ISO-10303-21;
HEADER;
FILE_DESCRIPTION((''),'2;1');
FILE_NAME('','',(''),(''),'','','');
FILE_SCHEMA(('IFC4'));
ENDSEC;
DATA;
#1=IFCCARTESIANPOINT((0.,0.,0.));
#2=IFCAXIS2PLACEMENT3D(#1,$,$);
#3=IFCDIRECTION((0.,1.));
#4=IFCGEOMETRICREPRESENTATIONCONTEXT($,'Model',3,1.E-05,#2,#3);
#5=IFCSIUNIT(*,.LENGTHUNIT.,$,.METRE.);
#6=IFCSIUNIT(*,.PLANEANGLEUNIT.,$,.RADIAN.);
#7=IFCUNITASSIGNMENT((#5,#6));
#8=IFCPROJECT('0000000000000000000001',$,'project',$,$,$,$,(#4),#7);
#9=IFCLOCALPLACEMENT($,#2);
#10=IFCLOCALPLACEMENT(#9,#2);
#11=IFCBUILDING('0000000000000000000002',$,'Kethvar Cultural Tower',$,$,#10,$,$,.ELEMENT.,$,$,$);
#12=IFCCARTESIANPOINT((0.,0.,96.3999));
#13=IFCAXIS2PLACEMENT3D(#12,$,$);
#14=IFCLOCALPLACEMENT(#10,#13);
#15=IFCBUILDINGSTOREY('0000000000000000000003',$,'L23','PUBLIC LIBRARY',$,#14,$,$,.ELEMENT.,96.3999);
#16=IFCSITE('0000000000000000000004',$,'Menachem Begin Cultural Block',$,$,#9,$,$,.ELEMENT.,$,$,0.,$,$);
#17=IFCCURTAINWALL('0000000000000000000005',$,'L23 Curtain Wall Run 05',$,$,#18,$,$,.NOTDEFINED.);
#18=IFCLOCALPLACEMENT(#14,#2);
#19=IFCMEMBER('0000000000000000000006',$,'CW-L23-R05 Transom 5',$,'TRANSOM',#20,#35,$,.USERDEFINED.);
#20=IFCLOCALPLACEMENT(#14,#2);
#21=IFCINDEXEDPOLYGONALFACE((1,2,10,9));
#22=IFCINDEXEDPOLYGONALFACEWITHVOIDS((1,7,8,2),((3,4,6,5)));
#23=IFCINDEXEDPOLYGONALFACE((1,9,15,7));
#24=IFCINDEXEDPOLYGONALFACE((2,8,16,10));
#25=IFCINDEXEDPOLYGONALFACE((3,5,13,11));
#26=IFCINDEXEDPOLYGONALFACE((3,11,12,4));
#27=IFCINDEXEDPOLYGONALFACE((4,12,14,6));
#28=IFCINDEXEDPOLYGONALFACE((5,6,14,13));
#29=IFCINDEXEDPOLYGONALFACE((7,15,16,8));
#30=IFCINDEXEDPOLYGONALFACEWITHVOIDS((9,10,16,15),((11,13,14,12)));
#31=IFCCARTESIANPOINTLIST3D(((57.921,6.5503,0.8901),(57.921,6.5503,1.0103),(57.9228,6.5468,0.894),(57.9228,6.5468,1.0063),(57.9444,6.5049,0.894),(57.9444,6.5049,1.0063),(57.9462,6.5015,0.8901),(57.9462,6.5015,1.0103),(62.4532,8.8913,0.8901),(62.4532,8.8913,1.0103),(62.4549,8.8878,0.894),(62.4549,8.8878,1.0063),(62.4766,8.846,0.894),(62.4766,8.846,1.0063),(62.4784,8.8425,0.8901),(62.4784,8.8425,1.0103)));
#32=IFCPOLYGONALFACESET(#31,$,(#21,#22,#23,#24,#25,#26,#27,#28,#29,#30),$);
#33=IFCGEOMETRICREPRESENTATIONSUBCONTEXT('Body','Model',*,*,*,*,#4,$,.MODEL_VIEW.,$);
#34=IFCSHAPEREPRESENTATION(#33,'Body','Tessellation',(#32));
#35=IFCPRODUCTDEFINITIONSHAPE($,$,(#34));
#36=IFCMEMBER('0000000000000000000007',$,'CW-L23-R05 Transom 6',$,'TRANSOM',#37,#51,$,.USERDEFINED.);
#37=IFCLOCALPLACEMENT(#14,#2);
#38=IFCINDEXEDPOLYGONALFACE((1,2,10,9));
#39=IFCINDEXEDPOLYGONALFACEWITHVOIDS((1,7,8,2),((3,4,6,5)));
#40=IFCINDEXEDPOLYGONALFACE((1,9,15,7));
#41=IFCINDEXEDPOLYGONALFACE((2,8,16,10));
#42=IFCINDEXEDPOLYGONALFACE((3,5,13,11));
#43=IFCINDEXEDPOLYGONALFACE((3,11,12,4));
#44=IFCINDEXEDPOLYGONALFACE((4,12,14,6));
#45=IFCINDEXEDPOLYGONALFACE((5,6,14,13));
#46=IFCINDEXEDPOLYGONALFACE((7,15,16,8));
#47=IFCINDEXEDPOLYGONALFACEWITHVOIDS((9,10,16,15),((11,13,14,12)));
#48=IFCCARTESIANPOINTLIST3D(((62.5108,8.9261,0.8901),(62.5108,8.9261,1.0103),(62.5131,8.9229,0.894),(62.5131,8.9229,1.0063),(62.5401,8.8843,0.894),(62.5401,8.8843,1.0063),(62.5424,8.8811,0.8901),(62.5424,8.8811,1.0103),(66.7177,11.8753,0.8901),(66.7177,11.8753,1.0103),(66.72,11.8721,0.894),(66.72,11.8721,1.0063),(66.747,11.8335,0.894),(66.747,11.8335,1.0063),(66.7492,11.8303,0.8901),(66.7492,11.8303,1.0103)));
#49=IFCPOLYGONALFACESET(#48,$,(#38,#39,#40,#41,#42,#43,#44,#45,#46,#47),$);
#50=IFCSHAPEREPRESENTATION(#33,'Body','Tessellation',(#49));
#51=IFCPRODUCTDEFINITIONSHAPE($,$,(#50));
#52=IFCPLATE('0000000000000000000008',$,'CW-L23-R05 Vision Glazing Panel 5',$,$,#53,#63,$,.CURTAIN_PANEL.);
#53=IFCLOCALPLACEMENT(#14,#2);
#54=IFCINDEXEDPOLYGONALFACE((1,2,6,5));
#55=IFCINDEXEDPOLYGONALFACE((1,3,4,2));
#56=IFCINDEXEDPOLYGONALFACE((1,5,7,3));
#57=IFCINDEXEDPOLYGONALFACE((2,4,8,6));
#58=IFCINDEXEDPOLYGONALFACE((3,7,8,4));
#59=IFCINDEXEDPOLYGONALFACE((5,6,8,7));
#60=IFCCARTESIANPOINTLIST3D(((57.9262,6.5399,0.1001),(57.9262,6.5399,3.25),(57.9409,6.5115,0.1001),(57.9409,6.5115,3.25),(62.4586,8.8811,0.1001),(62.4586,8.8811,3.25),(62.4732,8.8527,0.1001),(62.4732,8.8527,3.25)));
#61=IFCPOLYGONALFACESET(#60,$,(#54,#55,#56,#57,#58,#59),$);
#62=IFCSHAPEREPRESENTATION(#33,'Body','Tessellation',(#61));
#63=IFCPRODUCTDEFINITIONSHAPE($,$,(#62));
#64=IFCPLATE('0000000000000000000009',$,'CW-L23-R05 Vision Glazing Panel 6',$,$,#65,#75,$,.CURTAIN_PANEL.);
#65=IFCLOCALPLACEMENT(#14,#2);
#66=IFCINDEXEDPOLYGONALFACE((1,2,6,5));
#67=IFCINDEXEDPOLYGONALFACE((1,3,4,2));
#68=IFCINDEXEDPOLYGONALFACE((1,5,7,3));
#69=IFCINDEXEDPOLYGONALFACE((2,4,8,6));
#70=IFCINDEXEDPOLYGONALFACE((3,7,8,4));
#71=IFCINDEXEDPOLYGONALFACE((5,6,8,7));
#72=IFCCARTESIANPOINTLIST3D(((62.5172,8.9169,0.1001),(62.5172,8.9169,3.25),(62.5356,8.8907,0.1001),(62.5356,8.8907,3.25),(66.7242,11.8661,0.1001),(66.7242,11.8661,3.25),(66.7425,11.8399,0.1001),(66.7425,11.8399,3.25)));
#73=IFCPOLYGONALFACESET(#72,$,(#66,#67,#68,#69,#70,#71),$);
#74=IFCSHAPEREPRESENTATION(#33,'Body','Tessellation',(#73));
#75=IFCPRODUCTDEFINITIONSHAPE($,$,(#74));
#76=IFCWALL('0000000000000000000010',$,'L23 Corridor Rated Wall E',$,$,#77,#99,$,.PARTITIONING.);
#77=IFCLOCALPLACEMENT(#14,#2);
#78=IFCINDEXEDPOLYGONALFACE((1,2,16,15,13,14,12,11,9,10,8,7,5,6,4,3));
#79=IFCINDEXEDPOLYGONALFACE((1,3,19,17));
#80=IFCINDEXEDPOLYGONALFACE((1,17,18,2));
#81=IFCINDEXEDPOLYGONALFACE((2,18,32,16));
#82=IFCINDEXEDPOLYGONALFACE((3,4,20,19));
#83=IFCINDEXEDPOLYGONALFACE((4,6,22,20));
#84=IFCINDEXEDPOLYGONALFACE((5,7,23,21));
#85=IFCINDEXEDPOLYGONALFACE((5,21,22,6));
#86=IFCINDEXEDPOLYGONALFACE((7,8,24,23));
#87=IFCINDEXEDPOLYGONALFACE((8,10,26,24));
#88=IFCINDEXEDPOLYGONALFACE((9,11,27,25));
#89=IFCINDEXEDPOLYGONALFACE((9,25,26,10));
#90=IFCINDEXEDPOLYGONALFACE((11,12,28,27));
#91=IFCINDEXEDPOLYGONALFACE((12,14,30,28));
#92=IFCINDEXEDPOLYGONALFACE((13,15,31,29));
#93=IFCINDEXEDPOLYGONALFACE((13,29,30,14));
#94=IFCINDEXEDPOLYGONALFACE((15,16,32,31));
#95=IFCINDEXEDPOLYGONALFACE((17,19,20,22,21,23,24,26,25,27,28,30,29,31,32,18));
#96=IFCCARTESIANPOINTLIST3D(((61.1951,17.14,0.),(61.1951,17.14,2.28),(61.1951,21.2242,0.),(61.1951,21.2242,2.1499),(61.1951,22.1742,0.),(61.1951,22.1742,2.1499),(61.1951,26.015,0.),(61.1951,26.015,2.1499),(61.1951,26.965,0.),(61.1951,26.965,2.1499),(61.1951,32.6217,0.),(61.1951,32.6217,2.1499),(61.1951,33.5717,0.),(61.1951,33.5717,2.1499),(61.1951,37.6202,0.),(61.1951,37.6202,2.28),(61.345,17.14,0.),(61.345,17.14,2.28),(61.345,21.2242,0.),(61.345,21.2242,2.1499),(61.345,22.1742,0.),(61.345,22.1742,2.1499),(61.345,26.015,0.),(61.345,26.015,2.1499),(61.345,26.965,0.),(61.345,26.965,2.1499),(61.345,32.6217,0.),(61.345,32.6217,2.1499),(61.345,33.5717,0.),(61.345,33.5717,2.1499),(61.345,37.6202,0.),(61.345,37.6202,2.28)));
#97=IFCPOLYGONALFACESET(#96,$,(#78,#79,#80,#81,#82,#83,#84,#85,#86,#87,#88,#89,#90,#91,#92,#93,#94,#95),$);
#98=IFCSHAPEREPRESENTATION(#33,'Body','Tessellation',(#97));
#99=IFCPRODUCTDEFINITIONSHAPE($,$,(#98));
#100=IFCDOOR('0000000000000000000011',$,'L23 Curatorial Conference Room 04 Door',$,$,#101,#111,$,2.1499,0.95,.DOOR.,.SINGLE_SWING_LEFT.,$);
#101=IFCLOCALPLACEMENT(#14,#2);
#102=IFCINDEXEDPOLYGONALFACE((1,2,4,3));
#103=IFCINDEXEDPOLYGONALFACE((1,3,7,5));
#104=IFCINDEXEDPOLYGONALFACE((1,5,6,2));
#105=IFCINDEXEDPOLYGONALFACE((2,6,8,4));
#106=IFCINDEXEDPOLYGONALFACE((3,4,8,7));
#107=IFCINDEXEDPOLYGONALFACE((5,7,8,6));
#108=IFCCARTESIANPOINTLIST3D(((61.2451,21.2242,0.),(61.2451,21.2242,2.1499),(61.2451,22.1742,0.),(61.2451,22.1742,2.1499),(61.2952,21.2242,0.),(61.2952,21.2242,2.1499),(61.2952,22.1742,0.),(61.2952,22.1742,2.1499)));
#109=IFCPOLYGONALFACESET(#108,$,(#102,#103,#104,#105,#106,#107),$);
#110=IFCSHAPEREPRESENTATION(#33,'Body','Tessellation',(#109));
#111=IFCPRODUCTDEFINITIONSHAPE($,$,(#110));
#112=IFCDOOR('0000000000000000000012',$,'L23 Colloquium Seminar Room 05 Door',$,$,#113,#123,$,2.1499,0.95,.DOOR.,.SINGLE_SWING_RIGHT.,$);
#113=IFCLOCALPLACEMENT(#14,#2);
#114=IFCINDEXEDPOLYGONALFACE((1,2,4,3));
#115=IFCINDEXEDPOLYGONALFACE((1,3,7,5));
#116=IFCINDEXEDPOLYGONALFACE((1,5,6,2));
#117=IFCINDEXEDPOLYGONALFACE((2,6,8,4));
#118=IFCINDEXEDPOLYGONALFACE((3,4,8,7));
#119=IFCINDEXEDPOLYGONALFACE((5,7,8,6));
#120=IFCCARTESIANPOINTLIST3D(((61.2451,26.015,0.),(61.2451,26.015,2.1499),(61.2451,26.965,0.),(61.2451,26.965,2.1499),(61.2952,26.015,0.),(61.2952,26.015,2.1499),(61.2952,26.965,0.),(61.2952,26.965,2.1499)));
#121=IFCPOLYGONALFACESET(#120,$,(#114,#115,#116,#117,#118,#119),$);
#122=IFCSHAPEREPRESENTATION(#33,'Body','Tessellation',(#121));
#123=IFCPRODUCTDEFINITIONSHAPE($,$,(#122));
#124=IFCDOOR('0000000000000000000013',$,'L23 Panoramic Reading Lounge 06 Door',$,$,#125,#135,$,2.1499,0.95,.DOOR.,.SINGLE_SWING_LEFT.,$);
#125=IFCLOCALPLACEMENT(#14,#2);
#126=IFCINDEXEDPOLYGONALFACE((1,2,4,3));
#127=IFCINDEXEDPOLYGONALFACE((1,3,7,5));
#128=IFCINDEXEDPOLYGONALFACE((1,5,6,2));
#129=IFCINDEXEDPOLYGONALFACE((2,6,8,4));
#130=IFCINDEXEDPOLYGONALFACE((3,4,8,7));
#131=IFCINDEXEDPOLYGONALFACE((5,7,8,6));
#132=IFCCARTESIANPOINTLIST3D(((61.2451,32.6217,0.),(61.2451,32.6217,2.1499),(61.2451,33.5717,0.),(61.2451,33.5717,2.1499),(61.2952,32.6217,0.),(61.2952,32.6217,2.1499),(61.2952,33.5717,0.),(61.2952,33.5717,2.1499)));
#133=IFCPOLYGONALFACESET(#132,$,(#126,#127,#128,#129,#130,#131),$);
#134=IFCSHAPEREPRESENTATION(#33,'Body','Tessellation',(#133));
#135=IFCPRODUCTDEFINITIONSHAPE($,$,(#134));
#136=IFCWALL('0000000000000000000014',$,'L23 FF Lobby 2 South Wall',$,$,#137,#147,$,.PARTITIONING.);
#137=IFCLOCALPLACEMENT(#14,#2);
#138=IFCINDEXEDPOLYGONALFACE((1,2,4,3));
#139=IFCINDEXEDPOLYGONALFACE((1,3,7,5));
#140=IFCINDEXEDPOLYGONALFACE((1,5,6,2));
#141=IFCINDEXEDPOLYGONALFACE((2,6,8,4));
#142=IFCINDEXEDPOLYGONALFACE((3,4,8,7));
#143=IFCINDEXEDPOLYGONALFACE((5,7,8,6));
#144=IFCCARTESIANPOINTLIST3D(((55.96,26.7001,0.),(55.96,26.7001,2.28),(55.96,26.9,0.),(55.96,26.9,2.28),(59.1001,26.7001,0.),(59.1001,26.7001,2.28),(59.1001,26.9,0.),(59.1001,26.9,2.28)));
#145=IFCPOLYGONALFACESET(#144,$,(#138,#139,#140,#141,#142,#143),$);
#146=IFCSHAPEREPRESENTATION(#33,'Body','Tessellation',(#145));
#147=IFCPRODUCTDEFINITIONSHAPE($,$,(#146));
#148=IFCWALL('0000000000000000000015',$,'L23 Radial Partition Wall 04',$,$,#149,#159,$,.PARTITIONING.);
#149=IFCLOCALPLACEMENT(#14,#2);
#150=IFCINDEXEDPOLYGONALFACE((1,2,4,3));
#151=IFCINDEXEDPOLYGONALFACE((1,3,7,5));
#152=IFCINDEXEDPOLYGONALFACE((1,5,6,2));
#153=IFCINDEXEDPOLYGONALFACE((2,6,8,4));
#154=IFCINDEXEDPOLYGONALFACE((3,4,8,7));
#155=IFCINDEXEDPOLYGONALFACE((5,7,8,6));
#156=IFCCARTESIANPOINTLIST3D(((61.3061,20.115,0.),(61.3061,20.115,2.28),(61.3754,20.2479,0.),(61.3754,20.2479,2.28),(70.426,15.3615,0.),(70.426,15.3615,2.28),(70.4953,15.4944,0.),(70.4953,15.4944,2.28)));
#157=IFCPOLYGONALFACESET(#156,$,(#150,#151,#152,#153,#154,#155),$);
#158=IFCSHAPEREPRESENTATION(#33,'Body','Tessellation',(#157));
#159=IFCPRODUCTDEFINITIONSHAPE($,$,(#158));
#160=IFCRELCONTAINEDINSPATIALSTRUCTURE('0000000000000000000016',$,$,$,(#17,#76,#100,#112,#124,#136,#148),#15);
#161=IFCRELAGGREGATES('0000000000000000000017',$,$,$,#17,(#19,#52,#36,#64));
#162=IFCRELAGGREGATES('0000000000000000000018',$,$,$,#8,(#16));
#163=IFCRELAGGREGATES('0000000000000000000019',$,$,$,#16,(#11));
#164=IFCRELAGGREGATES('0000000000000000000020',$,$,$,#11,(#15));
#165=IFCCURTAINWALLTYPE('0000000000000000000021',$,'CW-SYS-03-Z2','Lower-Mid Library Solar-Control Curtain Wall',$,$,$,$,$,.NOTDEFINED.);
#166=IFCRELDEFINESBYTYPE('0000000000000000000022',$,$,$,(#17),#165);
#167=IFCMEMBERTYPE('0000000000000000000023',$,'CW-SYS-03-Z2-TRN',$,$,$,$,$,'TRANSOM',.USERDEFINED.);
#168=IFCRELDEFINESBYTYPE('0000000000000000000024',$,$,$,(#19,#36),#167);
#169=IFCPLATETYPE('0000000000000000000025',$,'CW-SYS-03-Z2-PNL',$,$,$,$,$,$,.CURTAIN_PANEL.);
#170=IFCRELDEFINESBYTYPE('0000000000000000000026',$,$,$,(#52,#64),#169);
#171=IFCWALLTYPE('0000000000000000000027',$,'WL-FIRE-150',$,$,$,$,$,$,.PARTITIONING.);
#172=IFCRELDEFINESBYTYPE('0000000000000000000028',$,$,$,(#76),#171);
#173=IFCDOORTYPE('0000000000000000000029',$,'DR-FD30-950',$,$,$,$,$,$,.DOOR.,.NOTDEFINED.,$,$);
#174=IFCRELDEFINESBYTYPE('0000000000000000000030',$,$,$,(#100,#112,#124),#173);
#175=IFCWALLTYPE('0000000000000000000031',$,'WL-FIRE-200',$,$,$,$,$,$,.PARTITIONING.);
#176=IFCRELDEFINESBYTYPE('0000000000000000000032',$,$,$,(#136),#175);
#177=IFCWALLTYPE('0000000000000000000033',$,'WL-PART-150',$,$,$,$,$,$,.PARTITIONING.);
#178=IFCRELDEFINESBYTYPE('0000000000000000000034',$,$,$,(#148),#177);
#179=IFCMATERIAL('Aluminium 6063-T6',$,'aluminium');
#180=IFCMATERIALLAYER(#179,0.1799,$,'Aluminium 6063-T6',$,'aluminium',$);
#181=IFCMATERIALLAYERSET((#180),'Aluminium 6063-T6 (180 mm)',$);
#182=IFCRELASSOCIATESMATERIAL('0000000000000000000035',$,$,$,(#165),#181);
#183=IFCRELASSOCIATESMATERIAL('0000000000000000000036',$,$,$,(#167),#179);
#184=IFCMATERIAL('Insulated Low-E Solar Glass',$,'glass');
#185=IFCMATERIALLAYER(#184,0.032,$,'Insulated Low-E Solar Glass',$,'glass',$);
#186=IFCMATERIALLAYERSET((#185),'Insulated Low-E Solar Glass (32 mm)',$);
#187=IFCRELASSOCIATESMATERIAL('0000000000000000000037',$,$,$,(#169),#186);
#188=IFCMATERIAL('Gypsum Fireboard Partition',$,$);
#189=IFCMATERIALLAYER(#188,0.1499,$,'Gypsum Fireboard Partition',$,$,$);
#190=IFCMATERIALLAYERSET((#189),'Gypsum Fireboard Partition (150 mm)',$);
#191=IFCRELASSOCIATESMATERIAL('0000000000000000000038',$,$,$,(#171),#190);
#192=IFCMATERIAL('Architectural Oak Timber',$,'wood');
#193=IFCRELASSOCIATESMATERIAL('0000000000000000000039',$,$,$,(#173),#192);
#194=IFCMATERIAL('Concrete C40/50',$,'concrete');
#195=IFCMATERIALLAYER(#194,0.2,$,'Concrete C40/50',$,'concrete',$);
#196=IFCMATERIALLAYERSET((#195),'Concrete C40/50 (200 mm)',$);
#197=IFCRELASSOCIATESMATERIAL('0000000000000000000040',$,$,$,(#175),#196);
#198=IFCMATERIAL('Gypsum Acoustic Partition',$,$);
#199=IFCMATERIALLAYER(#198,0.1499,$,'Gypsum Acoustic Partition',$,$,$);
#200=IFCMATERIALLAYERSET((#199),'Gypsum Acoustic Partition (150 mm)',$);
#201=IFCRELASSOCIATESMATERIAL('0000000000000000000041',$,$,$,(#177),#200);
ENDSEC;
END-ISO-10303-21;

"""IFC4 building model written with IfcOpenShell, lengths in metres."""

from ifc_helpers import new_model, si_unit, direction, frame, frame_2d, origin, origin_2d, place, context, subcontext, project, spatial, rectangle, hollow_rectangle, extrude, source, transform, mapped, material, layer, layer_set, material_profile, profile_set, type_object, element, fill, aggregate, save


model = new_model("IFC4")

# Units and contexts
model_context = context("Model", 3, precision=1e-05, world=origin(), true_north=direction((0.0, 1.0)))
body_context = subcontext(model_context, "Body", "Model", "MODEL_VIEW")
ifc_project = project(units=[si_unit("LENGTHUNIT", "METRE"), si_unit("PLANEANGLEUNIT", "RADIAN")], contexts=[model_context])

# Site, building, storey
site_placement = place(None, origin())
site = spatial("IfcSite", under=ifc_project, at=site_placement, Name="Menachem Begin Cultural Block", CompositionType="ELEMENT", RefElevation=0.0)
building_placement = place(site_placement, origin())
building = spatial("IfcBuilding", under=site, at=building_placement, Name="Kethvar Cultural Tower", CompositionType="ELEMENT")
storey_placement = place(building_placement, frame((0.0, 0.0, 96.3999)))
storey = spatial("IfcBuildingStorey", under=building, at=storey_placement, Name="L23", Description="PUBLIC LIBRARY", CompositionType="ELEMENT", Elevation=96.3999)

# Curtain wall, members, plates
ifc_material_1 = material(Name="Aluminium 6063-T6", Category="aluminium")
ifc_layer_1 = layer(ifc_material_1, 0.1799, Name="Aluminium 6063-T6", Category="aluminium")
ifc_layer_set_1 = layer_set([ifc_layer_1], Name="Aluminium 6063-T6 (180 mm)")
curtain_wall_type = type_object("IfcCurtainWallType", Name="CW-SYS-03-Z2", Description="Lower-Mid Library Solar-Control Curtain Wall", PredefinedType="NOTDEFINED", material=ifc_layer_set_1)
curtain_wall_placement = place(storey_placement, origin())
curtain_wall = element("IfcCurtainWall", 1, at=curtain_wall_placement, inside=storey, type_object=curtain_wall_type, Name="L23 Curtain Wall Run 05", PredefinedType="NOTDEFINED")
ifc_material_profile_1 = material_profile(ifc_material_1, hollow_rectangle(XDim=0.0549, YDim=0.1201, WallThickness=0.0039, at=origin_2d()), Name="Aluminium 6063-T6 — RHS120x55x4")
ifc_profile_set_1 = profile_set([ifc_material_profile_1], Name="Aluminium 6063-T6 — RHS120x55x4")
member_type_1 = type_object("IfcMemberType", Name="CW-SYS-03-Z2-TRN", ElementType="TRANSOM", PredefinedType="USERDEFINED", material=ifc_profile_set_1)
shared_shape_1 = source(origin(), body_context, "Body", "SweptSolid", [
    extrude(hollow_rectangle(XDim=0.0549, YDim=0.1201, WallThickness=0.0039, at=origin_2d()), origin(), (0.0, 0.0, 1.0), 5.1011),
])
member_1_placement = place(storey_placement, frame((57.9336, 6.5259, 0.9502), z_axis=(0.888473, 0.458929, 0.0), x_axis=(-0.458929, 0.888473, 0.0)))
member_1 = element("IfcMember", 2, at=member_1_placement, type_object=member_type_1, Name="CW-L23-R05 Transom 5", ObjectType="TRANSOM", PredefinedType="USERDEFINED", context=body_context, shape_type="MappedRepresentation", body=[
    mapped(shared_shape_1, transform((0.0, 0.0, 0.0), scale=1.0)),
])
shared_shape_2 = source(origin(), body_context, "Body", "SweptSolid", [
    extrude(hollow_rectangle(XDim=0.0549, YDim=0.1201, WallThickness=0.0039, at=origin_2d()), origin(), (0.0, 0.0, 1.0), 5.1377),
])
member_2_placement = place(storey_placement, frame((62.5266, 8.9036, 0.9502), z_axis=(0.818823, 0.574046, 0.0), x_axis=(-0.574046, 0.818823, 0.0)))
member_2 = element("IfcMember", 3, at=member_2_placement, type_object=member_type_1, Name="CW-L23-R05 Transom 6", ObjectType="TRANSOM", PredefinedType="USERDEFINED", context=body_context, shape_type="MappedRepresentation", body=[
    mapped(shared_shape_2, transform((0.0, 0.0, 0.0), scale=1.0)),
])
ifc_material_2 = material(Name="Insulated Low-E Solar Glass", Category="glass")
ifc_layer_2 = layer(ifc_material_2, 0.032, Name="Insulated Low-E Solar Glass", Category="glass")
ifc_layer_set_2 = layer_set([ifc_layer_2], Name="Insulated Low-E Solar Glass (32 mm)")
plate_type = type_object("IfcPlateType", Name="CW-SYS-03-Z2-PNL", PredefinedType="CURTAIN_PANEL", material=ifc_layer_set_2)
shared_shape_3 = source(origin(), body_context, "Body", "SweptSolid", [
    extrude(rectangle(XDim=5.1013, YDim=0.032, at=origin_2d()), origin(), (0.0, 0.0, 1.0), 3.1499),
])
plate_1_placement = place(storey_placement, frame((60.1997, 7.6963, 0.1001), z_axis=(0.0, 0.0, 1.0), x_axis=(0.888473, 0.458929, 0.0)))
plate_1 = element("IfcPlate", 4, at=plate_1_placement, type_object=plate_type, Name="CW-L23-R05 Vision Glazing Panel 5", PredefinedType="CURTAIN_PANEL", context=body_context, shape_type="MappedRepresentation", body=[
    mapped(shared_shape_3, transform((0.0, 0.0, 0.0), scale=1.0)),
])
shared_shape_4 = source(origin(), body_context, "Body", "SweptSolid", [
    extrude(rectangle(XDim=5.1377, YDim=0.032, at=origin_2d()), origin(), (0.0, 0.0, 1.0), 3.1499),
])
plate_2_placement = place(storey_placement, frame((64.6299, 10.3784, 0.1001), z_axis=(0.0, 0.0, 1.0), x_axis=(0.818832, 0.574034, 0.0)))
plate_2 = element("IfcPlate", 5, at=plate_2_placement, type_object=plate_type, Name="CW-L23-R05 Vision Glazing Panel 6", PredefinedType="CURTAIN_PANEL", context=body_context, shape_type="MappedRepresentation", body=[
    mapped(shared_shape_4, transform((0.0, 0.0, 0.0), scale=1.0)),
])
aggregate(curtain_wall, [member_1, plate_1, member_2, plate_2])

# Wall, openings, doors
ifc_material_3 = material(Name="Gypsum Fireboard Partition")
ifc_layer_3 = layer(ifc_material_3, 0.1499, Name="Gypsum Fireboard Partition")
ifc_layer_set_3 = layer_set([ifc_layer_3], Name="Gypsum Fireboard Partition (150 mm)")
wall_type_1 = type_object("IfcWallType", Name="WL-FIRE-150", PredefinedType="PARTITIONING", material=ifc_layer_set_3)
wall_1_placement = place(storey_placement, frame((61.27, 17.1399, 0.0), z_axis=(0.0, 0.0, 1.0), x_axis=(0.0, 1.0, 0.0)))
wall_1 = element("IfcWall", 6, at=wall_1_placement, inside=storey, type_object=wall_type_1, Name="L23 Corridor Rated Wall E", PredefinedType="PARTITIONING", context=body_context, shape_type="SweptSolid", body=[
    extrude(rectangle(XDim=20.4802, YDim=0.1499, at=frame_2d((10.2402, 0.0))), origin(), (0.0, 0.0, 1.0), 2.28),
])
opening_1_placement = place(wall_1_placement, frame((4.0842, 0.0, 0.0)))
opening_1 = element("IfcOpeningElement", 7, at=opening_1_placement, cuts=wall_1, PredefinedType="OPENING", context=body_context, shape_type="SweptSolid", body=[
    extrude(rectangle(XDim=0.95, YDim=2.1499, at=frame_2d((0.4751, 1.075))), frame((0.0, 0.085, 0.0), z_axis=(0.0, -1.0, 0.0), x_axis=(1.0, 0.0, 0.0)), (0.0, 0.0, 1.0), 0.1699),
])
opening_2_placement = place(wall_1_placement, frame((8.875, 0.0, 0.0)))
opening_2 = element("IfcOpeningElement", 8, at=opening_2_placement, cuts=wall_1, PredefinedType="OPENING", context=body_context, shape_type="SweptSolid", body=[
    extrude(rectangle(XDim=0.95, YDim=2.1499, at=frame_2d((0.4751, 1.075))), frame((0.0, 0.085, 0.0), z_axis=(0.0, -1.0, 0.0), x_axis=(1.0, 0.0, 0.0)), (0.0, 0.0, 1.0), 0.1699),
])
opening_3_placement = place(wall_1_placement, frame((15.4817, 0.0, 0.0)))
opening_3 = element("IfcOpeningElement", 9, at=opening_3_placement, cuts=wall_1, PredefinedType="OPENING", context=body_context, shape_type="SweptSolid", body=[
    extrude(rectangle(XDim=0.95, YDim=2.1499, at=frame_2d((0.4751, 1.075))), frame((0.0, 0.085, 0.0), z_axis=(0.0, -1.0, 0.0), x_axis=(1.0, 0.0, 0.0)), (0.0, 0.0, 1.0), 0.1699),
])
ifc_material_4 = material(Name="Architectural Oak Timber", Category="wood")
door_type_1 = type_object("IfcDoorType", Name="DR-FD30-950", OperationType="NOTDEFINED", PredefinedType="DOOR", material=ifc_material_4)
shared_shape_5 = source(origin(), body_context, "Body", "SweptSolid", [
    extrude(rectangle(XDim=0.95, YDim=2.1499, at=frame_2d((0.4751, 1.075))), frame((0.0, 0.0249, 0.0), z_axis=(0.0, -1.0, 0.0), x_axis=(1.0, 0.0, 0.0)), (0.0, 0.0, 1.0), 0.05),
])
door_1_placement = place(opening_1_placement, origin())
door_1 = element("IfcDoor", 10, at=door_1_placement, inside=storey, type_object=door_type_1, Name="L23 Curatorial Conference Room 04 Door", OperationType="SINGLE_SWING_LEFT", OverallHeight=2.1499, OverallWidth=0.95, PredefinedType="DOOR", context=body_context, shape_type="MappedRepresentation", body=[
    mapped(shared_shape_5, transform((0.0, 0.0, 0.0), scale=1.0)),
])
fill(opening_1, door_1)
door_2_placement = place(opening_2_placement, origin())
door_2 = element("IfcDoor", 11, at=door_2_placement, inside=storey, type_object=door_type_1, Name="L23 Colloquium Seminar Room 05 Door", OperationType="SINGLE_SWING_RIGHT", OverallHeight=2.1499, OverallWidth=0.95, PredefinedType="DOOR", context=body_context, shape_type="MappedRepresentation", body=[
    mapped(shared_shape_5, transform((0.0, 0.0, 0.0), scale=1.0)),
])
fill(opening_2, door_2)
door_3_placement = place(opening_3_placement, origin())
door_3 = element("IfcDoor", 12, at=door_3_placement, inside=storey, type_object=door_type_1, Name="L23 Panoramic Reading Lounge 06 Door", OperationType="SINGLE_SWING_LEFT", OverallHeight=2.1499, OverallWidth=0.95, PredefinedType="DOOR", context=body_context, shape_type="MappedRepresentation", body=[
    mapped(shared_shape_5, transform((0.0, 0.0, 0.0), scale=1.0)),
])
fill(opening_3, door_3)

# Shared definitions
ifc_material_5 = material(Name="Concrete C40/50", Category="concrete")
ifc_layer_4 = layer(ifc_material_5, 0.2, Name="Concrete C40/50", Category="concrete")
ifc_layer_set_4 = layer_set([ifc_layer_4], Name="Concrete C40/50 (200 mm)")
wall_type_2 = type_object("IfcWallType", Name="WL-FIRE-200", PredefinedType="PARTITIONING", material=ifc_layer_set_4)

# Walls
wall_2_placement = place(storey_placement, frame((55.96, 26.8, 0.0), z_axis=(0.0, 0.0, 1.0), x_axis=(1.0, 0.0, 0.0)))
element("IfcWall", 13, at=wall_2_placement, inside=storey, type_object=wall_type_2, Name="L23 FF Lobby 2 South Wall", PredefinedType="PARTITIONING", context=body_context, shape_type="SweptSolid", body=[
    extrude(rectangle(XDim=3.1401, YDim=0.2, at=frame_2d((1.5701, 0.0))), origin(), (0.0, 0.0, 1.0), 2.28),
])
ifc_material_6 = material(Name="Gypsum Acoustic Partition")
ifc_layer_5 = layer(ifc_material_6, 0.1499, Name="Gypsum Acoustic Partition")
ifc_layer_set_5 = layer_set([ifc_layer_5], Name="Gypsum Acoustic Partition (150 mm)")
wall_type_3 = type_object("IfcWallType", Name="WL-PART-150", PredefinedType="PARTITIONING", material=ifc_layer_set_5)
wall_3_placement = place(storey_placement, frame((61.3408, 20.1814, 0.0), z_axis=(0.0, 0.0, 1.0), x_axis=(0.886775, -0.462201, 0.0)))
element("IfcWall", 14, at=wall_3_placement, inside=storey, type_object=wall_type_3, Name="L23 Radial Partition Wall 04", PredefinedType="PARTITIONING", context=body_context, shape_type="SweptSolid", body=[
    extrude(rectangle(XDim=10.2844, YDim=0.1499, at=frame_2d((5.1421, 0.0))), origin(), (0.0, 0.0, 1.0), 2.28),
])

save(model, "model.ifc")
